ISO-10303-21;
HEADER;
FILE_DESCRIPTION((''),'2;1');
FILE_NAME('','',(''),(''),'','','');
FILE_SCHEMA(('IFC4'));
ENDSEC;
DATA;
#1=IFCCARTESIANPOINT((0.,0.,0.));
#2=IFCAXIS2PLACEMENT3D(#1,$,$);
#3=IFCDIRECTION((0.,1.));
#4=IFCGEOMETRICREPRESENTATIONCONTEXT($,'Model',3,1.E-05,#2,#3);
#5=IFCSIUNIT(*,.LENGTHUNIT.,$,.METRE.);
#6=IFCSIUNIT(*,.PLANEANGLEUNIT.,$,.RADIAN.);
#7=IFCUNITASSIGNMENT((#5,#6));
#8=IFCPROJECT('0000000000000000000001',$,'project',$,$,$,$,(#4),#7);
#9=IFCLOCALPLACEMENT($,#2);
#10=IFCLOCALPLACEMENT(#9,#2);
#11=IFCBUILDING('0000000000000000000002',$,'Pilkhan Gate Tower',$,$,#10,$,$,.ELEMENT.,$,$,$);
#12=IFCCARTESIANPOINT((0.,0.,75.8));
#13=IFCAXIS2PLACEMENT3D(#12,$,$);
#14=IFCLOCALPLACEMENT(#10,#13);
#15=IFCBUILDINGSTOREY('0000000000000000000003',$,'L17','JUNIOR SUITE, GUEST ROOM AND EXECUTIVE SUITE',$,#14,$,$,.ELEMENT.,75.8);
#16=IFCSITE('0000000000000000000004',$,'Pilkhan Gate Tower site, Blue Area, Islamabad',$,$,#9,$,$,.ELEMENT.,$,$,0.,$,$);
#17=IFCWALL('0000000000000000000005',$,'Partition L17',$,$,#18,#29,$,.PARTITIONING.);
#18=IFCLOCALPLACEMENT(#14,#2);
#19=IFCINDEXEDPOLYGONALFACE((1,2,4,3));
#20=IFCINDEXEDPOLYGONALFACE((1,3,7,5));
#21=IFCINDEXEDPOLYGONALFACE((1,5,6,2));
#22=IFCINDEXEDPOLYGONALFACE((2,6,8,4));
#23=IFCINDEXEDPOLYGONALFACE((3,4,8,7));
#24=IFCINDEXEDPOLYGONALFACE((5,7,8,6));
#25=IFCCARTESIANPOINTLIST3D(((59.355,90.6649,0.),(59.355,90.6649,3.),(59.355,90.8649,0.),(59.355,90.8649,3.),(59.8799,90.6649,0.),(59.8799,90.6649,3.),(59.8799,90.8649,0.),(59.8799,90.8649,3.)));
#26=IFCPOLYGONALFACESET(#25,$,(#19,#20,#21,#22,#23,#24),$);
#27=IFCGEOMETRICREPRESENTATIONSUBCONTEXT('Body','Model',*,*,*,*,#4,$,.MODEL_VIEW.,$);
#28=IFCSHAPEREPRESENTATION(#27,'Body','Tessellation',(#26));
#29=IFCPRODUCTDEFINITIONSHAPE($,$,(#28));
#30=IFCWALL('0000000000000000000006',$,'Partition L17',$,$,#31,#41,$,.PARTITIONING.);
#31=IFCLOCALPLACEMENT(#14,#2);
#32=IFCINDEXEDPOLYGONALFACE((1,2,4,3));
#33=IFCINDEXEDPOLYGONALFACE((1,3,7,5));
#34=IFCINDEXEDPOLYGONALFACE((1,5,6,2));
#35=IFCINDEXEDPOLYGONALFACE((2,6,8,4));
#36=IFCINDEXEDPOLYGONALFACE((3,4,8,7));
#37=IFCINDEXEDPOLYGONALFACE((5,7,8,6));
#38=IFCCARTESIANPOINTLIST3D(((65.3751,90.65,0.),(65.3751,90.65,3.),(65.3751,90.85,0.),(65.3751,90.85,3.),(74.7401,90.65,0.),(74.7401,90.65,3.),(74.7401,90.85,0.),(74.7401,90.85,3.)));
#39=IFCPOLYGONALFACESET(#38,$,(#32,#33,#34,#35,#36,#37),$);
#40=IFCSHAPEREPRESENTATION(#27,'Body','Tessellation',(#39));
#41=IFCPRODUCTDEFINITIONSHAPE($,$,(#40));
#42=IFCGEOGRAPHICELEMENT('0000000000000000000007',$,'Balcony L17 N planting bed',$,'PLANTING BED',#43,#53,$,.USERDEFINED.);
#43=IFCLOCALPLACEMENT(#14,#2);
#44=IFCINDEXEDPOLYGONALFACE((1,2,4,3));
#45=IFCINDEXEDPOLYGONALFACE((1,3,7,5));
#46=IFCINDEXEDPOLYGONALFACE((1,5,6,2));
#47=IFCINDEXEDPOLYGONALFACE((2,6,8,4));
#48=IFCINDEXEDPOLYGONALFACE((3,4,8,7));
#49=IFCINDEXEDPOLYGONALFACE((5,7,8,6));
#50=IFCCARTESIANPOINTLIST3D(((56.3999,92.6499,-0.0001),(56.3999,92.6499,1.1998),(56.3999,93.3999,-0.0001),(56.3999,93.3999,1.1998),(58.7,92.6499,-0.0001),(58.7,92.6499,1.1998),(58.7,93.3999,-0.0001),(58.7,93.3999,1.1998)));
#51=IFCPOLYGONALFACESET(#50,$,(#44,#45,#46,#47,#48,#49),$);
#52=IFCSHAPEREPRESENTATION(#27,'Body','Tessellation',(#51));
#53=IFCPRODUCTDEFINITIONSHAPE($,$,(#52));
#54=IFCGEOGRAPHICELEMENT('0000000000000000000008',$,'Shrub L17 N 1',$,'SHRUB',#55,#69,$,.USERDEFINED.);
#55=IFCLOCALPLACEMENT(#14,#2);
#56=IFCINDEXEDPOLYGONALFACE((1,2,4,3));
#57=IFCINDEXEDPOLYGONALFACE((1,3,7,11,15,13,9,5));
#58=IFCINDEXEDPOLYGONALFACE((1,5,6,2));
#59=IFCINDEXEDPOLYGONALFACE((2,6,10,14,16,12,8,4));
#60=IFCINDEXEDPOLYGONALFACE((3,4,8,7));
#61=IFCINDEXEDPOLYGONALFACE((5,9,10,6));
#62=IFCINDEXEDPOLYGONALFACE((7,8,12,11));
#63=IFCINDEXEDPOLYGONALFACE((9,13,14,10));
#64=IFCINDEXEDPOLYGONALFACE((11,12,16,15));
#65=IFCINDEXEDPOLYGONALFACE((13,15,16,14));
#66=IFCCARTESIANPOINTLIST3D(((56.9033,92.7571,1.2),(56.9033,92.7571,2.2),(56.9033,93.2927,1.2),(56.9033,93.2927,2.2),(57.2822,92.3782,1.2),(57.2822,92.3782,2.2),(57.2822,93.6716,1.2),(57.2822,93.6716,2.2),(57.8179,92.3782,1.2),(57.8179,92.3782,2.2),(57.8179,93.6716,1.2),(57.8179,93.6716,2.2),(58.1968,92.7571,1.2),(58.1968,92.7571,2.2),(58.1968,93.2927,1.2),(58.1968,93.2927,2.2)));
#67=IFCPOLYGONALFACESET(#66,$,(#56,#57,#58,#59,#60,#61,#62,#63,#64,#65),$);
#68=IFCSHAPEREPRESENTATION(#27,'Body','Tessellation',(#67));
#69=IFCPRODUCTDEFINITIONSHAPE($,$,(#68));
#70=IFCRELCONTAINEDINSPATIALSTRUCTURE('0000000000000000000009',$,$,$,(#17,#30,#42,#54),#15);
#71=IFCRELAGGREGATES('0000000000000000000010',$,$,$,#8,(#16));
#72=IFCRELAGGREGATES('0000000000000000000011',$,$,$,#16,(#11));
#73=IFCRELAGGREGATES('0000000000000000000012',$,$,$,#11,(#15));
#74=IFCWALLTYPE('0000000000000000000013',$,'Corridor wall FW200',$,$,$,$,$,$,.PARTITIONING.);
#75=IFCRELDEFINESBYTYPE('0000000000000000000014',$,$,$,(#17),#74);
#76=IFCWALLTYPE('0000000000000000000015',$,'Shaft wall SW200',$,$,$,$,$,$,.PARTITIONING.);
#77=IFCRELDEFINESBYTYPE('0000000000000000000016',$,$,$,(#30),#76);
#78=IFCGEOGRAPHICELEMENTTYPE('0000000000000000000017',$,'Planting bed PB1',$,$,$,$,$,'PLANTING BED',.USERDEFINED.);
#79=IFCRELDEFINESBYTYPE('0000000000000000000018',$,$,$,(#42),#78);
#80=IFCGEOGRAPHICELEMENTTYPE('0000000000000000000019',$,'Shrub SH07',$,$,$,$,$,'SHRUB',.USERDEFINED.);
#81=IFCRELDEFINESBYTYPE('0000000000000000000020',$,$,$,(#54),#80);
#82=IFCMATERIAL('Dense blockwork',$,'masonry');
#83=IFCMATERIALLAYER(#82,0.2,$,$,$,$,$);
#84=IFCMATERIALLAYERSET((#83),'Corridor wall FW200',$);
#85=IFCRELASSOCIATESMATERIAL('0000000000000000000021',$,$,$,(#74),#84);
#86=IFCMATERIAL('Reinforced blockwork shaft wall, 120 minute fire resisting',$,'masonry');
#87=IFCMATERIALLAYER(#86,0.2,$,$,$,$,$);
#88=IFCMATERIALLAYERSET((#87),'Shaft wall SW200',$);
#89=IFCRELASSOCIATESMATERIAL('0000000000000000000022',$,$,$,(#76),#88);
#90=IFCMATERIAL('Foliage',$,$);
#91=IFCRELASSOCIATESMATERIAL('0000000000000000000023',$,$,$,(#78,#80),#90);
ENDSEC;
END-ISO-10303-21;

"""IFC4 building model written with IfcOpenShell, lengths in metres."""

from ifc_helpers import new_model, si_unit, direction, frame, frame_2d, origin, origin_2d, place, context, subcontext, project, spatial, polyline, rectangle, outline, extrude, material, layer, layer_set, material_profile, profile_set, type_object, element, save


model = new_model("IFC4")

# Units and contexts
model_context = context("Model", 3, precision=1e-05, world=origin(), true_north=direction((0.0, 1.0)))
body_context = subcontext(model_context, "Body", "Model", "MODEL_VIEW")
ifc_project = project(units=[si_unit("LENGTHUNIT", "METRE"), si_unit("PLANEANGLEUNIT", "RADIAN")], contexts=[model_context])

# Site, building, storey
site_placement = place(None, origin())
site = spatial("IfcSite", under=ifc_project, at=site_placement, Name="Pilkhan Gate Tower site, Blue Area, Islamabad", CompositionType="ELEMENT", RefElevation=0.0)
building_placement = place(site_placement, origin())
building = spatial("IfcBuilding", under=site, at=building_placement, Name="Pilkhan Gate Tower", CompositionType="ELEMENT")
storey_placement = place(building_placement, frame((0.0, 0.0, 75.8)))
storey = spatial("IfcBuildingStorey", under=building, at=storey_placement, Name="L17", Description="JUNIOR SUITE, GUEST ROOM AND EXECUTIVE SUITE", CompositionType="ELEMENT", Elevation=75.8)

# Wall
ifc_material_1 = material(Name="Dense blockwork", Category="masonry")
ifc_layer_1 = layer(ifc_material_1, 0.2)
ifc_layer_set_1 = layer_set([ifc_layer_1], Name="Corridor wall FW200")
wall_type_1 = type_object("IfcWallType", Name="Corridor wall FW200", PredefinedType="PARTITIONING", material=ifc_layer_set_1)
wall_1_placement = place(storey_placement, frame((59.355, 90.7649, 0.0), z_axis=(0.0, 0.0, 1.0), x_axis=(1.0, 0.0, 0.0)))
element("IfcWall", 1, at=wall_1_placement, inside=storey, type_object=wall_type_1, Name="Partition L17", PredefinedType="PARTITIONING", context=body_context, shape_type="SweptSolid", body=[
    extrude(rectangle(XDim=0.5249, YDim=0.2, at=frame_2d((0.2625, 0.0))), origin(), (0.0, 0.0, 1.0), 3.0),
])

# Wall
ifc_material_2 = material(Name="Reinforced blockwork shaft wall, 120 minute fire resisting", Category="masonry")
ifc_layer_2 = layer(ifc_material_2, 0.2)
ifc_layer_set_2 = layer_set([ifc_layer_2], Name="Shaft wall SW200")
wall_type_2 = type_object("IfcWallType", Name="Shaft wall SW200", PredefinedType="PARTITIONING", material=ifc_layer_set_2)
wall_2_placement = place(storey_placement, frame((65.375, 90.75, 0.0), z_axis=(0.0, 0.0, 1.0), x_axis=(1.0, 0.0, 0.0)))
element("IfcWall", 2, at=wall_2_placement, inside=storey, type_object=wall_type_2, Name="Partition L17", PredefinedType="PARTITIONING", context=body_context, shape_type="SweptSolid", body=[
    extrude(rectangle(XDim=9.365, YDim=0.2, at=frame_2d((4.6826, 0.0))), origin(), (0.0, 0.0, 1.0), 3.0),
])

# Geographic elements
ifc_material_3 = material(Name="Foliage")
ifc_material_profile_1 = material_profile(ifc_material_3, rectangle(XDim=0.75, YDim=1.2, at=origin_2d()), Name="Bed 750x1200")
ifc_profile_set_1 = profile_set([ifc_material_profile_1], Name="Foliage")
geographic_element_type_1 = type_object("IfcGeographicElementType", Name="Planting bed PB1", ElementType="PLANTING BED", PredefinedType="USERDEFINED", material=ifc_profile_set_1)
geographic_element_1_placement = place(storey_placement, frame((56.3999, 93.0249, 0.5999), z_axis=(1.0, 0.0, 0.0), x_axis=(0.0, 1.0, 0.0)))
element("IfcGeographicElement", 3, at=geographic_element_1_placement, inside=storey, type_object=geographic_element_type_1, Name="Balcony L17 N planting bed", ObjectType="PLANTING BED", PredefinedType="USERDEFINED", context=body_context, shape_type="SweptSolid", body=[
    extrude(rectangle(XDim=0.75, YDim=1.2, at=origin_2d()), origin(), (0.0, 0.0, 1.0), 2.3),
])
ifc_material_profile_2 = material_profile(ifc_material_3, outline(polyline([(0.6467, 0.2678), (0.2678, 0.6467), (-0.2678, 0.6467), (-0.6467, 0.2678), (-0.6467, -0.2678), (-0.2678, -0.6467), (0.2678, -0.6467), (0.6467, -0.2678), (0.6467, 0.2678)])), Name="Shrub D1.4")
ifc_profile_set_2 = profile_set([ifc_material_profile_2], Name="Foliage")
geographic_element_type_2 = type_object("IfcGeographicElementType", Name="Shrub SH07", ElementType="SHRUB", PredefinedType="USERDEFINED", material=ifc_profile_set_2)
geographic_element_2_placement = place(storey_placement, frame((57.55, 93.0249, 1.2), z_axis=(0.0, 0.0, 1.0), x_axis=(1.0, 0.0, 0.0)))
element("IfcGeographicElement", 4, at=geographic_element_2_placement, inside=storey, type_object=geographic_element_type_2, Name="Shrub L17 N 1", ObjectType="SHRUB", PredefinedType="USERDEFINED", context=body_context, shape_type="SweptSolid", body=[
    extrude(outline(polyline([(0.6467, 0.2678), (0.2678, 0.6467), (-0.2678, 0.6467), (-0.6467, 0.2678), (-0.6467, -0.2678), (-0.2678, -0.6467), (0.2678, -0.6467), (0.6467, -0.2678), (0.6467, 0.2678)])), origin(), (0.0, 0.0, 1.0), 1.0),
])

save(model, "model.ifc")
